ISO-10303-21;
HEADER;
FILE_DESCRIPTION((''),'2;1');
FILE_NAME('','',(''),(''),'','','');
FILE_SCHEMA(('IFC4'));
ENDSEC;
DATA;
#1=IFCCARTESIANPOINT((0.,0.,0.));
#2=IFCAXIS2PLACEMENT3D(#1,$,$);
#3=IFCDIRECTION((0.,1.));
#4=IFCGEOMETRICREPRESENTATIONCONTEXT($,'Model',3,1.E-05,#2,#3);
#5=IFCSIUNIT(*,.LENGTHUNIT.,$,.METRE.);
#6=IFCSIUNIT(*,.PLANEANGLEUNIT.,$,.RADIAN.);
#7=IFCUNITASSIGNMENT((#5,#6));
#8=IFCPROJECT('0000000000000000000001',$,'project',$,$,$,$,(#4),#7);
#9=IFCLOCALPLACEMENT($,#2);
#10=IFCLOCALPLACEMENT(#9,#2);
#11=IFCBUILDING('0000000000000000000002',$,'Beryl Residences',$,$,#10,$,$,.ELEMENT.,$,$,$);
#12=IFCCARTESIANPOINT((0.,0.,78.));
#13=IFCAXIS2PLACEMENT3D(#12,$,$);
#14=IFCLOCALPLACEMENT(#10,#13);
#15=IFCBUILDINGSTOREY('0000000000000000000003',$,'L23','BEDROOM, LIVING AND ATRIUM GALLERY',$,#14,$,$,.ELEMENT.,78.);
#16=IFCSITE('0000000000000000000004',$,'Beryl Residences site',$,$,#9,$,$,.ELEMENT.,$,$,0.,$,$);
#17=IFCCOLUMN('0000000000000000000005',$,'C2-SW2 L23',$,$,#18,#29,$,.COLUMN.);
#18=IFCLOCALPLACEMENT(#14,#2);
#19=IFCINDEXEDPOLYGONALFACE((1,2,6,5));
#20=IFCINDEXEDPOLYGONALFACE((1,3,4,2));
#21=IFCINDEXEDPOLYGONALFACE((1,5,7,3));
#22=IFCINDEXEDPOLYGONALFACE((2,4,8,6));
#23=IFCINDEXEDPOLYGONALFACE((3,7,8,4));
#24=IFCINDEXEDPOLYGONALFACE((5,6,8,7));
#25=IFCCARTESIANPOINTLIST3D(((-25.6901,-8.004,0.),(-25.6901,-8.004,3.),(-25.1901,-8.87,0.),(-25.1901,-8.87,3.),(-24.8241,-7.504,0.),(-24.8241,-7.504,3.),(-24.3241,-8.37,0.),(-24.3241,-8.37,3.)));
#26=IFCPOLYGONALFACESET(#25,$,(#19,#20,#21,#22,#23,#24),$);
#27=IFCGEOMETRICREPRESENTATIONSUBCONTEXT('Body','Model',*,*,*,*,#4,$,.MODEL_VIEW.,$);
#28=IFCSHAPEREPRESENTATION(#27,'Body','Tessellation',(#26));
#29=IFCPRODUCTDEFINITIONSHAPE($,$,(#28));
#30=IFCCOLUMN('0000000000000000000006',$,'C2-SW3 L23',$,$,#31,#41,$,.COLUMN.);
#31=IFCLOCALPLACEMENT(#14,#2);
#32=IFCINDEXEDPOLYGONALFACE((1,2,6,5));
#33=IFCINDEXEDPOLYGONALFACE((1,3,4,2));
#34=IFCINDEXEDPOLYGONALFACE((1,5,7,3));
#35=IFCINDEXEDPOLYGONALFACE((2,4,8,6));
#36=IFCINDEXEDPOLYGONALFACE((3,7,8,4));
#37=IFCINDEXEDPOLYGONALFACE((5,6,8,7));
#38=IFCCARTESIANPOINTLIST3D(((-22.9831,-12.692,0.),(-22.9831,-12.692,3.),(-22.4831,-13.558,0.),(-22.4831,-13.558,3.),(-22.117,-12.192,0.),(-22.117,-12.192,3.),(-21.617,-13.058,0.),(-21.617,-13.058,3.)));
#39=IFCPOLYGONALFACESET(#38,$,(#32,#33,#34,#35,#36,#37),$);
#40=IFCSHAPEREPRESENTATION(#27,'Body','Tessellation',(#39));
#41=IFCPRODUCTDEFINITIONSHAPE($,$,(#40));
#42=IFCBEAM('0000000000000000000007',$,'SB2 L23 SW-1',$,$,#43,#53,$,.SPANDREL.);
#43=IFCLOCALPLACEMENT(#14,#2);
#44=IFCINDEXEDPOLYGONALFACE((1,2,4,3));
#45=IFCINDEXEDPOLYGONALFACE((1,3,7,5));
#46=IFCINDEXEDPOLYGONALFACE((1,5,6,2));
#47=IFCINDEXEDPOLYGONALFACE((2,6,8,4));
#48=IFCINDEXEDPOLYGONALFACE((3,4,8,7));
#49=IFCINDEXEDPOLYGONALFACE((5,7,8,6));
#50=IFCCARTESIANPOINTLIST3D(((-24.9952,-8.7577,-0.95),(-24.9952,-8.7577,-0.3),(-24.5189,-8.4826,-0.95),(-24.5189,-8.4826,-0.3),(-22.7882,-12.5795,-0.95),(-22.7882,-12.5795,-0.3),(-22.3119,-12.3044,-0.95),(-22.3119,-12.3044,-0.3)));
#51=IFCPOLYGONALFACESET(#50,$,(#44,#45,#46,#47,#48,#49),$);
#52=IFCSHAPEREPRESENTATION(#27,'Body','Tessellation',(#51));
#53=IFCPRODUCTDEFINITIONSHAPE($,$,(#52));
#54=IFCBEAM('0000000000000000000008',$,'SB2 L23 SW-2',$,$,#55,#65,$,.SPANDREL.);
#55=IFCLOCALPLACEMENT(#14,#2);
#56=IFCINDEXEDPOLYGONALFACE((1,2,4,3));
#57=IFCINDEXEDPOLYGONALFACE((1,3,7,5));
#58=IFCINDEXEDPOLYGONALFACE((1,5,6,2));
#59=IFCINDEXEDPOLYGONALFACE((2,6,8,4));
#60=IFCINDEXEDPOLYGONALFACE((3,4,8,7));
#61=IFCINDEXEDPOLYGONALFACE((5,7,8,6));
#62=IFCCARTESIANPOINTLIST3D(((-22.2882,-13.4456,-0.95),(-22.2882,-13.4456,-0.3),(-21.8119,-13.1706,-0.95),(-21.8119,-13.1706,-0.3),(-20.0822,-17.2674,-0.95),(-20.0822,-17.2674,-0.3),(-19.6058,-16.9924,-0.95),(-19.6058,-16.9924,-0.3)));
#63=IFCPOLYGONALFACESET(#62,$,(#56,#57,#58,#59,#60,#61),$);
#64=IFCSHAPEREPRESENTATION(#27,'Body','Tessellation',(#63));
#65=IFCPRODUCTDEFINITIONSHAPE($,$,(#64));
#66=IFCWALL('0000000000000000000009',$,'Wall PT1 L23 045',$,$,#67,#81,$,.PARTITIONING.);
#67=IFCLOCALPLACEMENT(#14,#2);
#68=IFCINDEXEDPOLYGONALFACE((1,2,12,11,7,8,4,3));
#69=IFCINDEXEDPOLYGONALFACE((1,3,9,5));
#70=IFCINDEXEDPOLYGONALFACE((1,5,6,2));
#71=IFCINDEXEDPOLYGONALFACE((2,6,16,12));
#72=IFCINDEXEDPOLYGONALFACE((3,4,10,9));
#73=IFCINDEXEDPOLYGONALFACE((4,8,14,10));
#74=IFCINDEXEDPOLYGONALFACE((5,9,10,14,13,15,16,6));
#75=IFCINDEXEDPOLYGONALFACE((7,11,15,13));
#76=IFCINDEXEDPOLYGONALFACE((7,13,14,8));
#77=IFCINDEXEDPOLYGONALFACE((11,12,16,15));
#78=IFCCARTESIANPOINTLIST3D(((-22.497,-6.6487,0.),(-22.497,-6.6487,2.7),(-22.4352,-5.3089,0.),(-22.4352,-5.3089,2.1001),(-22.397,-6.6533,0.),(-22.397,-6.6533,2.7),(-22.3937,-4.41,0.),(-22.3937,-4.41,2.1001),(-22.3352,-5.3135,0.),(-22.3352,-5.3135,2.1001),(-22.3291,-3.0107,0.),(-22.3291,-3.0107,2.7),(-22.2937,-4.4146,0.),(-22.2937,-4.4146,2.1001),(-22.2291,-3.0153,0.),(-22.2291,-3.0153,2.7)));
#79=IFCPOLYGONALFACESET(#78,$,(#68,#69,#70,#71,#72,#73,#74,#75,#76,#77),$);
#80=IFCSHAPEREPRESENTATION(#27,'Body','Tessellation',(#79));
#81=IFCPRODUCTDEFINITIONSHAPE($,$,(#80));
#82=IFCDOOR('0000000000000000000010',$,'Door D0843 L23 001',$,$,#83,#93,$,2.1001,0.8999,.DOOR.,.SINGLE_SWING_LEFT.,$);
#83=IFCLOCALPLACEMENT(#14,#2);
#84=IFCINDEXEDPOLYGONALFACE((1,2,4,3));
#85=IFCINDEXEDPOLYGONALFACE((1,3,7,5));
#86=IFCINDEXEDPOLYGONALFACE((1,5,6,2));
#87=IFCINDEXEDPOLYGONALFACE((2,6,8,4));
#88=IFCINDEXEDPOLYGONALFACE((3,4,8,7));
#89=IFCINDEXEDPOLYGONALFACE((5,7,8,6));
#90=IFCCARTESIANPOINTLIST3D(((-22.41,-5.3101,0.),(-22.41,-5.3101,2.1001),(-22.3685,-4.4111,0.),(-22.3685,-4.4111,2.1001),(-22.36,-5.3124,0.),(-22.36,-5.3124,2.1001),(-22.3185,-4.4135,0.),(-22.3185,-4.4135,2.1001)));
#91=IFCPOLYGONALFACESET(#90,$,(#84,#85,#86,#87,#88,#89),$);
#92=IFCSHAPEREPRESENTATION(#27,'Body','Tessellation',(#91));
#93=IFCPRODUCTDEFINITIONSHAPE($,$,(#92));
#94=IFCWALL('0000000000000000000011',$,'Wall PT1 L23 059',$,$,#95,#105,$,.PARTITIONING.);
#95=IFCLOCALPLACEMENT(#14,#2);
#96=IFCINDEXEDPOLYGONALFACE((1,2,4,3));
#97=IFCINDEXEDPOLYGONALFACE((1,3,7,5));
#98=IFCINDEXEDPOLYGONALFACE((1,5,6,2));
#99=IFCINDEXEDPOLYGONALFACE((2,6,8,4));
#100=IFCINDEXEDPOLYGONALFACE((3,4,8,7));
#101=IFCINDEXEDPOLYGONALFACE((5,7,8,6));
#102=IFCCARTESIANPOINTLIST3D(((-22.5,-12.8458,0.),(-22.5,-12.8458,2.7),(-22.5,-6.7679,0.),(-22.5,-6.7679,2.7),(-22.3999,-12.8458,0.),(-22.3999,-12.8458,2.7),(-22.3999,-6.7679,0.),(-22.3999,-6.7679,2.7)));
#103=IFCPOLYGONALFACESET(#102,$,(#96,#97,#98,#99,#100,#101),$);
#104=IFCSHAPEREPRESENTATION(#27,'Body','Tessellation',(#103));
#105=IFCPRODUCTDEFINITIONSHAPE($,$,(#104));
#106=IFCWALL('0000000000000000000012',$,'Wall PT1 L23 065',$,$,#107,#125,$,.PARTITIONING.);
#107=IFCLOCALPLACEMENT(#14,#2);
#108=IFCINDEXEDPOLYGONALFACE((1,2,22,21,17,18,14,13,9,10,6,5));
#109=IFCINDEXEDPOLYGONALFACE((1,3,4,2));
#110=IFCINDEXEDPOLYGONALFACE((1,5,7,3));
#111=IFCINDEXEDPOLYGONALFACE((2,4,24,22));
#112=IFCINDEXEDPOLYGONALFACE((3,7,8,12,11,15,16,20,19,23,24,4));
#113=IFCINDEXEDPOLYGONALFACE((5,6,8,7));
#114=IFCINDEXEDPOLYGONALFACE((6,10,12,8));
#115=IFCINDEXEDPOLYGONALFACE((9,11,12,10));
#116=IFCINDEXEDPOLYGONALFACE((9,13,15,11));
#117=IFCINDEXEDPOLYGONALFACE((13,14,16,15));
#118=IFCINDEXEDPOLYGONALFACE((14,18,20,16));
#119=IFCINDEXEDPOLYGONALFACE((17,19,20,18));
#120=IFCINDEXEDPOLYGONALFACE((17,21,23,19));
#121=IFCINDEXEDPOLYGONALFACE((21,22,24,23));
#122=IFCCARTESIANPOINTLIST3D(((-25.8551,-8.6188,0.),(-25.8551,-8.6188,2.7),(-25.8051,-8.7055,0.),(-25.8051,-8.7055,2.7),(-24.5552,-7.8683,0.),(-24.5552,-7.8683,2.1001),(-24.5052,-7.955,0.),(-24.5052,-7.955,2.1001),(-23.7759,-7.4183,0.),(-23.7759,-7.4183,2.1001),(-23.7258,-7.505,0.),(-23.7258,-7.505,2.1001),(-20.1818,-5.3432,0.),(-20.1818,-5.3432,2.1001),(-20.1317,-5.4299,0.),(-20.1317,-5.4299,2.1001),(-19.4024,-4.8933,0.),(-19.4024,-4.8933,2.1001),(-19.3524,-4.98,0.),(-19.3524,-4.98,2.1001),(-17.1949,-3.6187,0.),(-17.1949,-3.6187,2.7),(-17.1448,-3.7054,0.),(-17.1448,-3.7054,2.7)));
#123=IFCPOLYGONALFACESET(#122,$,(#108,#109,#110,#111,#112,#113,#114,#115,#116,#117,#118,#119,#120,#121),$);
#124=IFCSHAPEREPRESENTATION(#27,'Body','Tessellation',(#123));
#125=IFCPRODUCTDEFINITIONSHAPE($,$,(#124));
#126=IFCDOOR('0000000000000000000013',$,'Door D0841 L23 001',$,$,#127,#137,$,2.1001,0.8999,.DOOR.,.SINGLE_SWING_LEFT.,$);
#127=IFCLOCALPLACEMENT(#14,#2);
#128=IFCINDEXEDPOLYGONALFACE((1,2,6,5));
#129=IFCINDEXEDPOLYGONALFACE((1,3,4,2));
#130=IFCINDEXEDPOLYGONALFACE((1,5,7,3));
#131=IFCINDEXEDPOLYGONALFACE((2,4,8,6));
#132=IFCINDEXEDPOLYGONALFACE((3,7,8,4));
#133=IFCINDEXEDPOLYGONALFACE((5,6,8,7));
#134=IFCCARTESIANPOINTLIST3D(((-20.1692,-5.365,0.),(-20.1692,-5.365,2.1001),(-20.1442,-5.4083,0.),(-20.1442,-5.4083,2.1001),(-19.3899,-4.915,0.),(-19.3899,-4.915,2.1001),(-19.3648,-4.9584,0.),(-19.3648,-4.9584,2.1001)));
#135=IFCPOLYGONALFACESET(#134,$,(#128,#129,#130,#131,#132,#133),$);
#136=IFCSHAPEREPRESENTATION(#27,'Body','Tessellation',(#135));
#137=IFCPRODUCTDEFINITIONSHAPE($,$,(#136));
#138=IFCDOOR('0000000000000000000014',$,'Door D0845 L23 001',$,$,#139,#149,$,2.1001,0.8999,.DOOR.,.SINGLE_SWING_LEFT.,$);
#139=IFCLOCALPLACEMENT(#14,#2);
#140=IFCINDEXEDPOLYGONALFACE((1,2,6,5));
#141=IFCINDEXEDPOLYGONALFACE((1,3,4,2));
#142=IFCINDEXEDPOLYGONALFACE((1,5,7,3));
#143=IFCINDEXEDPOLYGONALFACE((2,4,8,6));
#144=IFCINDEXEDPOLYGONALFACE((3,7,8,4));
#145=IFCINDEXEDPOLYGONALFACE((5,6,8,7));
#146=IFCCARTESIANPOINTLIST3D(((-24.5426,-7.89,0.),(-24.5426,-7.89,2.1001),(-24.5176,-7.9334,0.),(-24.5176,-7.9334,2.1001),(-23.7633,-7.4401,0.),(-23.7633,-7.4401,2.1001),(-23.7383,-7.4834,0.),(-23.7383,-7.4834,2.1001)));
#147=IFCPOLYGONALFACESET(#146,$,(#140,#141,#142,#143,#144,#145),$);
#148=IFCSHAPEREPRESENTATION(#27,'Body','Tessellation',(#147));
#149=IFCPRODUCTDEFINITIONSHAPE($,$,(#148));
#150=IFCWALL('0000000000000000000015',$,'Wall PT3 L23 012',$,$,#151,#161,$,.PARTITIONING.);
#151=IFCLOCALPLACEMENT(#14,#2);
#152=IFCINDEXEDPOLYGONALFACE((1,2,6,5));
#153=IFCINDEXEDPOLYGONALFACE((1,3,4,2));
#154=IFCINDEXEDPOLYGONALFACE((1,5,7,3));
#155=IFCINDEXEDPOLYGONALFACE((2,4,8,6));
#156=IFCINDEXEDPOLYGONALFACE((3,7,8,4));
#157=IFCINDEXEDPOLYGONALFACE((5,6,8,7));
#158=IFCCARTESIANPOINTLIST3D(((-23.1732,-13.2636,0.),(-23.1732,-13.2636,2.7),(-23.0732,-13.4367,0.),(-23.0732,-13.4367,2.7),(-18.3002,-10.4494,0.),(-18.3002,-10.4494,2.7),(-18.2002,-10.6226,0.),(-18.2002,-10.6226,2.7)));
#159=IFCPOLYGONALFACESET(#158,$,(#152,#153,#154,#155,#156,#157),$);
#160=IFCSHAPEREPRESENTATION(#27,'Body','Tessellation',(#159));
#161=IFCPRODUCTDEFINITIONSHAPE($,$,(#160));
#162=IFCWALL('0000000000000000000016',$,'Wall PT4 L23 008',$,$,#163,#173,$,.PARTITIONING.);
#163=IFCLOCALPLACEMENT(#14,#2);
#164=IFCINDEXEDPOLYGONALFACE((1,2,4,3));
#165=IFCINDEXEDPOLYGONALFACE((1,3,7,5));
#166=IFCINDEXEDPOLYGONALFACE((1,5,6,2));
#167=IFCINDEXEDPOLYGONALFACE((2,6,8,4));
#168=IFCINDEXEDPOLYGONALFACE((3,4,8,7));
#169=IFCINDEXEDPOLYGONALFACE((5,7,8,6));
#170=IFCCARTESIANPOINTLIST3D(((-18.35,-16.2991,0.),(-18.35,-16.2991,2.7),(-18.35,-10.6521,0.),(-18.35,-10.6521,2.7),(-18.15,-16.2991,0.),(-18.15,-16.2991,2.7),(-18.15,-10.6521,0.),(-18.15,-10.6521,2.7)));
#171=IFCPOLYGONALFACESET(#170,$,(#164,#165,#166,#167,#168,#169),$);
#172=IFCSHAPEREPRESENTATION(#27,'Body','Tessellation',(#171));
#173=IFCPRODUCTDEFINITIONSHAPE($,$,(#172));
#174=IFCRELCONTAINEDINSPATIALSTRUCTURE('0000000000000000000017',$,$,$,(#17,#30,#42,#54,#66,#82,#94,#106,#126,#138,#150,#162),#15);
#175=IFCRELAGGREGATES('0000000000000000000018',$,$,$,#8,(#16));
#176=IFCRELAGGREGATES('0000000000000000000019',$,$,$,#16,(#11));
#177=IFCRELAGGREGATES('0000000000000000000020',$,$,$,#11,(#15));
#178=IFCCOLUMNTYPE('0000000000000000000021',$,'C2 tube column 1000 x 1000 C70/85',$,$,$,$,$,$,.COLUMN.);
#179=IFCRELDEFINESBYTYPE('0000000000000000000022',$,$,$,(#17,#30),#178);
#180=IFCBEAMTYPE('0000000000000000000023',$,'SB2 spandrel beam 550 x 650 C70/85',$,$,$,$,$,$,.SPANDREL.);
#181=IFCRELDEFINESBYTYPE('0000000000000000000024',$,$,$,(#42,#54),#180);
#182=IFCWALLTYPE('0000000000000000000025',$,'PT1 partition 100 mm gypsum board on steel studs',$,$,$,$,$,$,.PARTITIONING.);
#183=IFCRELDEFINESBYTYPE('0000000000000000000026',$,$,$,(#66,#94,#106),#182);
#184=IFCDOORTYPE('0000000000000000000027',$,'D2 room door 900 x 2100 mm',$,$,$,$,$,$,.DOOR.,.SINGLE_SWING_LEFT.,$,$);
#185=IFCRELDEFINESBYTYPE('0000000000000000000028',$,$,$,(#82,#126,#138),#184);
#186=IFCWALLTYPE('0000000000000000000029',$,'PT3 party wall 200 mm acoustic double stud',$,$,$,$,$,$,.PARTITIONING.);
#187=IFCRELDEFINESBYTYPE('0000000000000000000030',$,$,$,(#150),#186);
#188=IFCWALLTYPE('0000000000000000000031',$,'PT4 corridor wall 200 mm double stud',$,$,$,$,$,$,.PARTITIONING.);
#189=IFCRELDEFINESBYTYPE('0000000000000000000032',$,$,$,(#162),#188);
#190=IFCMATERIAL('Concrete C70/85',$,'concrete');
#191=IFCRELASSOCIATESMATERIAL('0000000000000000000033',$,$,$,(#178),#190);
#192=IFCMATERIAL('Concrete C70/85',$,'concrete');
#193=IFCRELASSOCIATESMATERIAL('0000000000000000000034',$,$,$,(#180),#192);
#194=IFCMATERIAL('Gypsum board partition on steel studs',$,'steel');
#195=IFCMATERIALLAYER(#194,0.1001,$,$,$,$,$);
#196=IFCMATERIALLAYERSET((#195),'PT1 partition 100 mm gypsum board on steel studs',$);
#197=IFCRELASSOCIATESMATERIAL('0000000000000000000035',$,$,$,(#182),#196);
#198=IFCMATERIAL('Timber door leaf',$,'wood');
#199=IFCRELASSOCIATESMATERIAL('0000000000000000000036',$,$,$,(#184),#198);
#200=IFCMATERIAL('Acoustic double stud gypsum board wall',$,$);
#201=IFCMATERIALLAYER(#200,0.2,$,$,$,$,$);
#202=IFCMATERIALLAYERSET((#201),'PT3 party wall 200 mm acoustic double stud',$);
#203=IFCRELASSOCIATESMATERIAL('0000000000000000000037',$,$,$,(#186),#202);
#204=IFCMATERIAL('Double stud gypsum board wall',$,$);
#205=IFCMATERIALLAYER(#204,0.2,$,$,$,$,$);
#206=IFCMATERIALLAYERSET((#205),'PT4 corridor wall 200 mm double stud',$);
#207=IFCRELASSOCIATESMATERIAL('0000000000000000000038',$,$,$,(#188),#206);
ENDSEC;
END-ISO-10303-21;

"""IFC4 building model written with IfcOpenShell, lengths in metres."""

from ifc_helpers import new_model, si_unit, direction, frame, frame_2d, origin, origin_2d, place, context, subcontext, project, spatial, rectangle, extrude, material, layer, layer_set, material_profile, profile_set, type_object, element, fill, save


model = new_model("IFC4")

# Units and contexts
model_context = context("Model", 3, precision=1e-05, world=origin(), true_north=direction((0.0, 1.0)))
body_context = subcontext(model_context, "Body", "Model", "MODEL_VIEW")
ifc_project = project(units=[si_unit("LENGTHUNIT", "METRE"), si_unit("PLANEANGLEUNIT", "RADIAN")], contexts=[model_context])

# Site, building, storey
site_placement = place(None, origin())
site = spatial("IfcSite", under=ifc_project, at=site_placement, Name="Beryl Residences site", CompositionType="ELEMENT", RefElevation=0.0)
building_placement = place(site_placement, origin())
building = spatial("IfcBuilding", under=site, at=building_placement, Name="Beryl Residences", CompositionType="ELEMENT")
storey_placement = place(building_placement, frame((0.0, 0.0, 78.0)))
storey = spatial("IfcBuildingStorey", under=building, at=storey_placement, Name="L23", Description="BEDROOM, LIVING AND ATRIUM GALLERY", CompositionType="ELEMENT", Elevation=78.0)

# Columns
ifc_material_1 = material(Name="Concrete C70/85", Category="concrete")
ifc_material_profile_1 = material_profile(ifc_material_1, rectangle(XDim=1.0, YDim=1.0, at=origin_2d()))
ifc_profile_set_1 = profile_set([ifc_material_profile_1], Name="Concrete C70/85")
column_type = type_object("IfcColumnType", Name="C2 tube column 1000 x 1000 C70/85", PredefinedType="COLUMN", material=ifc_profile_set_1)
for number, where, z_axis, x_axis, name in (
    (1, (-25.0071, -8.187, 0.0), (0.0, 0.0, 1.0), (0.5, -0.866025, 0.0), "C2-SW2 L23"),
    (2, (-22.3, -12.875, 0.0), (0.0, 0.0, 1.0), (0.5, -0.866025, 0.0), "C2-SW3 L23"),
):
    element("IfcColumn", number, at=place(storey_placement, frame(where, z_axis=z_axis, x_axis=x_axis)), inside=storey, type_object=column_type, Name=name, PredefinedType="COLUMN", context=body_context, shape_type="SweptSolid", body=[
        extrude(rectangle(XDim=1.0, YDim=1.0, at=origin_2d()), origin(), (0.0, 0.0, 1.0), 3.0),
    ])

# Beams
ifc_material_2 = material(Name="Concrete C70/85", Category="concrete")
ifc_material_profile_2 = material_profile(ifc_material_2, rectangle(XDim=0.55, YDim=0.6499, at=origin_2d()))
ifc_profile_set_2 = profile_set([ifc_material_profile_2], Name="Concrete C70/85")
beam_type = type_object("IfcBeamType", Name="SB2 spandrel beam 550 x 650 C70/85", PredefinedType="SPANDREL", material=ifc_profile_set_2)
beam_1_placement = place(storey_placement, frame((-24.7571, -8.6201, -0.625), z_axis=(0.50009, -0.865974, 0.0), x_axis=(0.865974, 0.50009, 0.0)))
element("IfcBeam", 3, at=beam_1_placement, inside=storey, type_object=beam_type, Name="SB2 L23 SW-1", PredefinedType="SPANDREL", context=body_context, shape_type="SweptSolid", body=[
    extrude(rectangle(XDim=0.55, YDim=0.6499, at=origin_2d()), origin(), (0.0, 0.0, 1.0), 4.4133),
])
beam_2_placement = place(storey_placement, frame((-22.05, -13.3081, -0.625), z_axis=(0.499924, -0.86607, 0.0), x_axis=(0.86607, 0.499924, 0.0)))
element("IfcBeam", 4, at=beam_2_placement, inside=storey, type_object=beam_type, Name="SB2 L23 SW-2", PredefinedType="SPANDREL", context=body_context, shape_type="SweptSolid", body=[
    extrude(rectangle(XDim=0.55, YDim=0.6499, at=origin_2d()), origin(), (0.0, 0.0, 1.0), 4.4128),
])

# Wall, opening, door
ifc_material_3 = material(Name="Gypsum board partition on steel studs", Category="steel")
ifc_layer_1 = layer(ifc_material_3, 0.1001)
ifc_layer_set_1 = layer_set([ifc_layer_1], Name="PT1 partition 100 mm gypsum board on steel studs")
wall_type_1 = type_object("IfcWallType", Name="PT1 partition 100 mm gypsum board on steel studs", PredefinedType="PARTITIONING", material=ifc_layer_set_1)
wall_1_placement = place(storey_placement, frame((-22.447, -6.6509, 0.0), z_axis=(0.0, 0.0, 1.0), x_axis=(0.046122, 0.998936, 0.0)))
wall_1 = element("IfcWall", 5, at=wall_1_placement, inside=storey, type_object=wall_type_1, Name="Wall PT1 L23 045", PredefinedType="PARTITIONING", context=body_context, shape_type="SweptSolid", body=[
    extrude(rectangle(XDim=3.6418, YDim=0.1001, at=frame_2d((1.8208, 0.0))), origin(), (0.0, 0.0, 1.0), 2.7),
])
opening_1_placement = place(wall_1_placement, frame((1.3411, 0.0, 0.0)))
opening_1 = element("IfcOpeningElement", 6, at=opening_1_placement, cuts=wall_1, PredefinedType="OPENING", context=body_context, shape_type="SweptSolid", body=[
    extrude(rectangle(XDim=0.8999, YDim=2.1001, at=frame_2d((0.45, 1.05))), frame((0.0, 0.0601, 0.0), z_axis=(0.0, -1.0, 0.0), x_axis=(1.0, 0.0, 0.0)), (0.0, 0.0, 1.0), 0.1201),
])
ifc_material_4 = material(Name="Timber door leaf", Category="wood")
door_type_1 = type_object("IfcDoorType", Name="D2 room door 900 x 2100 mm", OperationType="SINGLE_SWING_LEFT", PredefinedType="DOOR", material=ifc_material_4)
door_1_placement = place(opening_1_placement, origin())
door_1 = element("IfcDoor", 7, at=door_1_placement, inside=storey, type_object=door_type_1, Name="Door D0843 L23 001", OperationType="SINGLE_SWING_LEFT", OverallHeight=2.1001, OverallWidth=0.8999, PredefinedType="DOOR", context=body_context, shape_type="SweptSolid", body=[
    extrude(rectangle(XDim=0.8999, YDim=2.1001, at=frame_2d((0.45, 1.05))), frame((0.0, 0.0249, 0.0), z_axis=(0.0, -1.0, 0.0), x_axis=(1.0, 0.0, 0.0)), (0.0, 0.0, 1.0), 0.05),
])
fill(opening_1, door_1)

# Wall
wall_2_placement = place(storey_placement, frame((-22.45, -12.8459, 0.0), z_axis=(0.0, 0.0, 1.0), x_axis=(0.0, 1.0, 0.0)))
element("IfcWall", 8, at=wall_2_placement, inside=storey, type_object=wall_type_1, Name="Wall PT1 L23 059", PredefinedType="PARTITIONING", context=body_context, shape_type="SweptSolid", body=[
    extrude(rectangle(XDim=6.0779, YDim=0.1001, at=frame_2d((3.0391, 0.0))), origin(), (0.0, 0.0, 1.0), 2.7),
])

# Wall, openings, doors
wall_3_placement = place(storey_placement, frame((-25.8301, -8.6621, 0.0), z_axis=(0.0, 0.0, 1.0), x_axis=(0.866023, 0.500004, 0.0)))
wall_3 = element("IfcWall", 9, at=wall_3_placement, inside=storey, type_object=wall_type_1, Name="Wall PT1 L23 065", PredefinedType="PARTITIONING", context=body_context, shape_type="SweptSolid", body=[
    extrude(rectangle(XDim=10.0, YDim=0.1001, at=frame_2d((5.0, 0.0))), origin(), (0.0, 0.0, 1.0), 2.7),
])
opening_2_placement = place(wall_3_placement, frame((6.551, 0.0, 0.0)))
opening_2 = element("IfcOpeningElement", 10, at=opening_2_placement, cuts=wall_3, PredefinedType="OPENING", context=body_context, shape_type="SweptSolid", body=[
    extrude(rectangle(XDim=0.8999, YDim=2.1001, at=frame_2d((0.45, 1.05))), frame((0.0, 0.0601, 0.0), z_axis=(0.0, -1.0, 0.0), x_axis=(1.0, 0.0, 0.0)), (0.0, 0.0, 1.0), 0.1201),
])
opening_3_placement = place(wall_3_placement, frame((1.501, 0.0, 0.0)))
opening_3 = element("IfcOpeningElement", 11, at=opening_3_placement, cuts=wall_3, PredefinedType="OPENING", context=body_context, shape_type="SweptSolid", body=[
    extrude(rectangle(XDim=0.8999, YDim=2.1001, at=frame_2d((0.45, 1.05))), frame((0.0, 0.0601, 0.0), z_axis=(0.0, -1.0, 0.0), x_axis=(1.0, 0.0, 0.0)), (0.0, 0.0, 1.0), 0.1201),
])
door_2_placement = place(opening_2_placement, origin())
door_2 = element("IfcDoor", 12, at=door_2_placement, inside=storey, type_object=door_type_1, Name="Door D0841 L23 001", OperationType="SINGLE_SWING_LEFT", OverallHeight=2.1001, OverallWidth=0.8999, PredefinedType="DOOR", context=body_context, shape_type="SweptSolid", body=[
    extrude(rectangle(XDim=0.8999, YDim=2.1001, at=frame_2d((0.45, 1.05))), frame((0.0, 0.0249, 0.0), z_axis=(0.0, -1.0, 0.0), x_axis=(1.0, 0.0, 0.0)), (0.0, 0.0, 1.0), 0.05),
])
fill(opening_2, door_2)
door_3_placement = place(opening_3_placement, origin())
door_3 = element("IfcDoor", 13, at=door_3_placement, inside=storey, type_object=door_type_1, Name="Door D0845 L23 001", OperationType="SINGLE_SWING_LEFT", OverallHeight=2.1001, OverallWidth=0.8999, PredefinedType="DOOR", context=body_context, shape_type="SweptSolid", body=[
    extrude(rectangle(XDim=0.8999, YDim=2.1001, at=frame_2d((0.45, 1.05))), frame((0.0, 0.0249, 0.0), z_axis=(0.0, -1.0, 0.0), x_axis=(1.0, 0.0, 0.0)), (0.0, 0.0, 1.0), 0.05),
])
fill(opening_3, door_3)

# Walls
ifc_material_5 = material(Name="Acoustic double stud gypsum board wall")
ifc_layer_2 = layer(ifc_material_5, 0.2)
ifc_layer_set_2 = layer_set([ifc_layer_2], Name="PT3 party wall 200 mm acoustic double stud")
wall_type_2 = type_object("IfcWallType", Name="PT3 party wall 200 mm acoustic double stud", PredefinedType="PARTITIONING", material=ifc_layer_set_2)
wall_4_placement = place(storey_placement, frame((-23.123, -13.3501, 0.0), z_axis=(0.0, 0.0, 1.0), x_axis=(0.865967, 0.5001, 0.0)))
element("IfcWall", 14, at=wall_4_placement, inside=storey, type_object=wall_type_2, Name="Wall PT3 L23 012", PredefinedType="PARTITIONING", context=body_context, shape_type="SweptSolid", body=[
    extrude(rectangle(XDim=5.6272, YDim=0.2, at=frame_2d((2.8135, 0.0))), origin(), (0.0, 0.0, 1.0), 2.7),
])
ifc_material_6 = material(Name="Double stud gypsum board wall")
ifc_layer_3 = layer(ifc_material_6, 0.2)
ifc_layer_set_3 = layer_set([ifc_layer_3], Name="PT4 corridor wall 200 mm double stud")
wall_type_3 = type_object("IfcWallType", Name="PT4 corridor wall 200 mm double stud", PredefinedType="PARTITIONING", material=ifc_layer_set_3)
wall_5_placement = place(storey_placement, frame((-18.25, -10.6521, 0.0), z_axis=(0.0, 0.0, 1.0), x_axis=(0.0, -1.0, 0.0)))
element("IfcWall", 15, at=wall_5_placement, inside=storey, type_object=wall_type_3, Name="Wall PT4 L23 008", PredefinedType="PARTITIONING", context=body_context, shape_type="SweptSolid", body=[
    extrude(rectangle(XDim=5.647, YDim=0.2, at=frame_2d((2.8235, 0.0))), origin(), (0.0, 0.0, 1.0), 2.7),
])

save(model, "model.ifc")
